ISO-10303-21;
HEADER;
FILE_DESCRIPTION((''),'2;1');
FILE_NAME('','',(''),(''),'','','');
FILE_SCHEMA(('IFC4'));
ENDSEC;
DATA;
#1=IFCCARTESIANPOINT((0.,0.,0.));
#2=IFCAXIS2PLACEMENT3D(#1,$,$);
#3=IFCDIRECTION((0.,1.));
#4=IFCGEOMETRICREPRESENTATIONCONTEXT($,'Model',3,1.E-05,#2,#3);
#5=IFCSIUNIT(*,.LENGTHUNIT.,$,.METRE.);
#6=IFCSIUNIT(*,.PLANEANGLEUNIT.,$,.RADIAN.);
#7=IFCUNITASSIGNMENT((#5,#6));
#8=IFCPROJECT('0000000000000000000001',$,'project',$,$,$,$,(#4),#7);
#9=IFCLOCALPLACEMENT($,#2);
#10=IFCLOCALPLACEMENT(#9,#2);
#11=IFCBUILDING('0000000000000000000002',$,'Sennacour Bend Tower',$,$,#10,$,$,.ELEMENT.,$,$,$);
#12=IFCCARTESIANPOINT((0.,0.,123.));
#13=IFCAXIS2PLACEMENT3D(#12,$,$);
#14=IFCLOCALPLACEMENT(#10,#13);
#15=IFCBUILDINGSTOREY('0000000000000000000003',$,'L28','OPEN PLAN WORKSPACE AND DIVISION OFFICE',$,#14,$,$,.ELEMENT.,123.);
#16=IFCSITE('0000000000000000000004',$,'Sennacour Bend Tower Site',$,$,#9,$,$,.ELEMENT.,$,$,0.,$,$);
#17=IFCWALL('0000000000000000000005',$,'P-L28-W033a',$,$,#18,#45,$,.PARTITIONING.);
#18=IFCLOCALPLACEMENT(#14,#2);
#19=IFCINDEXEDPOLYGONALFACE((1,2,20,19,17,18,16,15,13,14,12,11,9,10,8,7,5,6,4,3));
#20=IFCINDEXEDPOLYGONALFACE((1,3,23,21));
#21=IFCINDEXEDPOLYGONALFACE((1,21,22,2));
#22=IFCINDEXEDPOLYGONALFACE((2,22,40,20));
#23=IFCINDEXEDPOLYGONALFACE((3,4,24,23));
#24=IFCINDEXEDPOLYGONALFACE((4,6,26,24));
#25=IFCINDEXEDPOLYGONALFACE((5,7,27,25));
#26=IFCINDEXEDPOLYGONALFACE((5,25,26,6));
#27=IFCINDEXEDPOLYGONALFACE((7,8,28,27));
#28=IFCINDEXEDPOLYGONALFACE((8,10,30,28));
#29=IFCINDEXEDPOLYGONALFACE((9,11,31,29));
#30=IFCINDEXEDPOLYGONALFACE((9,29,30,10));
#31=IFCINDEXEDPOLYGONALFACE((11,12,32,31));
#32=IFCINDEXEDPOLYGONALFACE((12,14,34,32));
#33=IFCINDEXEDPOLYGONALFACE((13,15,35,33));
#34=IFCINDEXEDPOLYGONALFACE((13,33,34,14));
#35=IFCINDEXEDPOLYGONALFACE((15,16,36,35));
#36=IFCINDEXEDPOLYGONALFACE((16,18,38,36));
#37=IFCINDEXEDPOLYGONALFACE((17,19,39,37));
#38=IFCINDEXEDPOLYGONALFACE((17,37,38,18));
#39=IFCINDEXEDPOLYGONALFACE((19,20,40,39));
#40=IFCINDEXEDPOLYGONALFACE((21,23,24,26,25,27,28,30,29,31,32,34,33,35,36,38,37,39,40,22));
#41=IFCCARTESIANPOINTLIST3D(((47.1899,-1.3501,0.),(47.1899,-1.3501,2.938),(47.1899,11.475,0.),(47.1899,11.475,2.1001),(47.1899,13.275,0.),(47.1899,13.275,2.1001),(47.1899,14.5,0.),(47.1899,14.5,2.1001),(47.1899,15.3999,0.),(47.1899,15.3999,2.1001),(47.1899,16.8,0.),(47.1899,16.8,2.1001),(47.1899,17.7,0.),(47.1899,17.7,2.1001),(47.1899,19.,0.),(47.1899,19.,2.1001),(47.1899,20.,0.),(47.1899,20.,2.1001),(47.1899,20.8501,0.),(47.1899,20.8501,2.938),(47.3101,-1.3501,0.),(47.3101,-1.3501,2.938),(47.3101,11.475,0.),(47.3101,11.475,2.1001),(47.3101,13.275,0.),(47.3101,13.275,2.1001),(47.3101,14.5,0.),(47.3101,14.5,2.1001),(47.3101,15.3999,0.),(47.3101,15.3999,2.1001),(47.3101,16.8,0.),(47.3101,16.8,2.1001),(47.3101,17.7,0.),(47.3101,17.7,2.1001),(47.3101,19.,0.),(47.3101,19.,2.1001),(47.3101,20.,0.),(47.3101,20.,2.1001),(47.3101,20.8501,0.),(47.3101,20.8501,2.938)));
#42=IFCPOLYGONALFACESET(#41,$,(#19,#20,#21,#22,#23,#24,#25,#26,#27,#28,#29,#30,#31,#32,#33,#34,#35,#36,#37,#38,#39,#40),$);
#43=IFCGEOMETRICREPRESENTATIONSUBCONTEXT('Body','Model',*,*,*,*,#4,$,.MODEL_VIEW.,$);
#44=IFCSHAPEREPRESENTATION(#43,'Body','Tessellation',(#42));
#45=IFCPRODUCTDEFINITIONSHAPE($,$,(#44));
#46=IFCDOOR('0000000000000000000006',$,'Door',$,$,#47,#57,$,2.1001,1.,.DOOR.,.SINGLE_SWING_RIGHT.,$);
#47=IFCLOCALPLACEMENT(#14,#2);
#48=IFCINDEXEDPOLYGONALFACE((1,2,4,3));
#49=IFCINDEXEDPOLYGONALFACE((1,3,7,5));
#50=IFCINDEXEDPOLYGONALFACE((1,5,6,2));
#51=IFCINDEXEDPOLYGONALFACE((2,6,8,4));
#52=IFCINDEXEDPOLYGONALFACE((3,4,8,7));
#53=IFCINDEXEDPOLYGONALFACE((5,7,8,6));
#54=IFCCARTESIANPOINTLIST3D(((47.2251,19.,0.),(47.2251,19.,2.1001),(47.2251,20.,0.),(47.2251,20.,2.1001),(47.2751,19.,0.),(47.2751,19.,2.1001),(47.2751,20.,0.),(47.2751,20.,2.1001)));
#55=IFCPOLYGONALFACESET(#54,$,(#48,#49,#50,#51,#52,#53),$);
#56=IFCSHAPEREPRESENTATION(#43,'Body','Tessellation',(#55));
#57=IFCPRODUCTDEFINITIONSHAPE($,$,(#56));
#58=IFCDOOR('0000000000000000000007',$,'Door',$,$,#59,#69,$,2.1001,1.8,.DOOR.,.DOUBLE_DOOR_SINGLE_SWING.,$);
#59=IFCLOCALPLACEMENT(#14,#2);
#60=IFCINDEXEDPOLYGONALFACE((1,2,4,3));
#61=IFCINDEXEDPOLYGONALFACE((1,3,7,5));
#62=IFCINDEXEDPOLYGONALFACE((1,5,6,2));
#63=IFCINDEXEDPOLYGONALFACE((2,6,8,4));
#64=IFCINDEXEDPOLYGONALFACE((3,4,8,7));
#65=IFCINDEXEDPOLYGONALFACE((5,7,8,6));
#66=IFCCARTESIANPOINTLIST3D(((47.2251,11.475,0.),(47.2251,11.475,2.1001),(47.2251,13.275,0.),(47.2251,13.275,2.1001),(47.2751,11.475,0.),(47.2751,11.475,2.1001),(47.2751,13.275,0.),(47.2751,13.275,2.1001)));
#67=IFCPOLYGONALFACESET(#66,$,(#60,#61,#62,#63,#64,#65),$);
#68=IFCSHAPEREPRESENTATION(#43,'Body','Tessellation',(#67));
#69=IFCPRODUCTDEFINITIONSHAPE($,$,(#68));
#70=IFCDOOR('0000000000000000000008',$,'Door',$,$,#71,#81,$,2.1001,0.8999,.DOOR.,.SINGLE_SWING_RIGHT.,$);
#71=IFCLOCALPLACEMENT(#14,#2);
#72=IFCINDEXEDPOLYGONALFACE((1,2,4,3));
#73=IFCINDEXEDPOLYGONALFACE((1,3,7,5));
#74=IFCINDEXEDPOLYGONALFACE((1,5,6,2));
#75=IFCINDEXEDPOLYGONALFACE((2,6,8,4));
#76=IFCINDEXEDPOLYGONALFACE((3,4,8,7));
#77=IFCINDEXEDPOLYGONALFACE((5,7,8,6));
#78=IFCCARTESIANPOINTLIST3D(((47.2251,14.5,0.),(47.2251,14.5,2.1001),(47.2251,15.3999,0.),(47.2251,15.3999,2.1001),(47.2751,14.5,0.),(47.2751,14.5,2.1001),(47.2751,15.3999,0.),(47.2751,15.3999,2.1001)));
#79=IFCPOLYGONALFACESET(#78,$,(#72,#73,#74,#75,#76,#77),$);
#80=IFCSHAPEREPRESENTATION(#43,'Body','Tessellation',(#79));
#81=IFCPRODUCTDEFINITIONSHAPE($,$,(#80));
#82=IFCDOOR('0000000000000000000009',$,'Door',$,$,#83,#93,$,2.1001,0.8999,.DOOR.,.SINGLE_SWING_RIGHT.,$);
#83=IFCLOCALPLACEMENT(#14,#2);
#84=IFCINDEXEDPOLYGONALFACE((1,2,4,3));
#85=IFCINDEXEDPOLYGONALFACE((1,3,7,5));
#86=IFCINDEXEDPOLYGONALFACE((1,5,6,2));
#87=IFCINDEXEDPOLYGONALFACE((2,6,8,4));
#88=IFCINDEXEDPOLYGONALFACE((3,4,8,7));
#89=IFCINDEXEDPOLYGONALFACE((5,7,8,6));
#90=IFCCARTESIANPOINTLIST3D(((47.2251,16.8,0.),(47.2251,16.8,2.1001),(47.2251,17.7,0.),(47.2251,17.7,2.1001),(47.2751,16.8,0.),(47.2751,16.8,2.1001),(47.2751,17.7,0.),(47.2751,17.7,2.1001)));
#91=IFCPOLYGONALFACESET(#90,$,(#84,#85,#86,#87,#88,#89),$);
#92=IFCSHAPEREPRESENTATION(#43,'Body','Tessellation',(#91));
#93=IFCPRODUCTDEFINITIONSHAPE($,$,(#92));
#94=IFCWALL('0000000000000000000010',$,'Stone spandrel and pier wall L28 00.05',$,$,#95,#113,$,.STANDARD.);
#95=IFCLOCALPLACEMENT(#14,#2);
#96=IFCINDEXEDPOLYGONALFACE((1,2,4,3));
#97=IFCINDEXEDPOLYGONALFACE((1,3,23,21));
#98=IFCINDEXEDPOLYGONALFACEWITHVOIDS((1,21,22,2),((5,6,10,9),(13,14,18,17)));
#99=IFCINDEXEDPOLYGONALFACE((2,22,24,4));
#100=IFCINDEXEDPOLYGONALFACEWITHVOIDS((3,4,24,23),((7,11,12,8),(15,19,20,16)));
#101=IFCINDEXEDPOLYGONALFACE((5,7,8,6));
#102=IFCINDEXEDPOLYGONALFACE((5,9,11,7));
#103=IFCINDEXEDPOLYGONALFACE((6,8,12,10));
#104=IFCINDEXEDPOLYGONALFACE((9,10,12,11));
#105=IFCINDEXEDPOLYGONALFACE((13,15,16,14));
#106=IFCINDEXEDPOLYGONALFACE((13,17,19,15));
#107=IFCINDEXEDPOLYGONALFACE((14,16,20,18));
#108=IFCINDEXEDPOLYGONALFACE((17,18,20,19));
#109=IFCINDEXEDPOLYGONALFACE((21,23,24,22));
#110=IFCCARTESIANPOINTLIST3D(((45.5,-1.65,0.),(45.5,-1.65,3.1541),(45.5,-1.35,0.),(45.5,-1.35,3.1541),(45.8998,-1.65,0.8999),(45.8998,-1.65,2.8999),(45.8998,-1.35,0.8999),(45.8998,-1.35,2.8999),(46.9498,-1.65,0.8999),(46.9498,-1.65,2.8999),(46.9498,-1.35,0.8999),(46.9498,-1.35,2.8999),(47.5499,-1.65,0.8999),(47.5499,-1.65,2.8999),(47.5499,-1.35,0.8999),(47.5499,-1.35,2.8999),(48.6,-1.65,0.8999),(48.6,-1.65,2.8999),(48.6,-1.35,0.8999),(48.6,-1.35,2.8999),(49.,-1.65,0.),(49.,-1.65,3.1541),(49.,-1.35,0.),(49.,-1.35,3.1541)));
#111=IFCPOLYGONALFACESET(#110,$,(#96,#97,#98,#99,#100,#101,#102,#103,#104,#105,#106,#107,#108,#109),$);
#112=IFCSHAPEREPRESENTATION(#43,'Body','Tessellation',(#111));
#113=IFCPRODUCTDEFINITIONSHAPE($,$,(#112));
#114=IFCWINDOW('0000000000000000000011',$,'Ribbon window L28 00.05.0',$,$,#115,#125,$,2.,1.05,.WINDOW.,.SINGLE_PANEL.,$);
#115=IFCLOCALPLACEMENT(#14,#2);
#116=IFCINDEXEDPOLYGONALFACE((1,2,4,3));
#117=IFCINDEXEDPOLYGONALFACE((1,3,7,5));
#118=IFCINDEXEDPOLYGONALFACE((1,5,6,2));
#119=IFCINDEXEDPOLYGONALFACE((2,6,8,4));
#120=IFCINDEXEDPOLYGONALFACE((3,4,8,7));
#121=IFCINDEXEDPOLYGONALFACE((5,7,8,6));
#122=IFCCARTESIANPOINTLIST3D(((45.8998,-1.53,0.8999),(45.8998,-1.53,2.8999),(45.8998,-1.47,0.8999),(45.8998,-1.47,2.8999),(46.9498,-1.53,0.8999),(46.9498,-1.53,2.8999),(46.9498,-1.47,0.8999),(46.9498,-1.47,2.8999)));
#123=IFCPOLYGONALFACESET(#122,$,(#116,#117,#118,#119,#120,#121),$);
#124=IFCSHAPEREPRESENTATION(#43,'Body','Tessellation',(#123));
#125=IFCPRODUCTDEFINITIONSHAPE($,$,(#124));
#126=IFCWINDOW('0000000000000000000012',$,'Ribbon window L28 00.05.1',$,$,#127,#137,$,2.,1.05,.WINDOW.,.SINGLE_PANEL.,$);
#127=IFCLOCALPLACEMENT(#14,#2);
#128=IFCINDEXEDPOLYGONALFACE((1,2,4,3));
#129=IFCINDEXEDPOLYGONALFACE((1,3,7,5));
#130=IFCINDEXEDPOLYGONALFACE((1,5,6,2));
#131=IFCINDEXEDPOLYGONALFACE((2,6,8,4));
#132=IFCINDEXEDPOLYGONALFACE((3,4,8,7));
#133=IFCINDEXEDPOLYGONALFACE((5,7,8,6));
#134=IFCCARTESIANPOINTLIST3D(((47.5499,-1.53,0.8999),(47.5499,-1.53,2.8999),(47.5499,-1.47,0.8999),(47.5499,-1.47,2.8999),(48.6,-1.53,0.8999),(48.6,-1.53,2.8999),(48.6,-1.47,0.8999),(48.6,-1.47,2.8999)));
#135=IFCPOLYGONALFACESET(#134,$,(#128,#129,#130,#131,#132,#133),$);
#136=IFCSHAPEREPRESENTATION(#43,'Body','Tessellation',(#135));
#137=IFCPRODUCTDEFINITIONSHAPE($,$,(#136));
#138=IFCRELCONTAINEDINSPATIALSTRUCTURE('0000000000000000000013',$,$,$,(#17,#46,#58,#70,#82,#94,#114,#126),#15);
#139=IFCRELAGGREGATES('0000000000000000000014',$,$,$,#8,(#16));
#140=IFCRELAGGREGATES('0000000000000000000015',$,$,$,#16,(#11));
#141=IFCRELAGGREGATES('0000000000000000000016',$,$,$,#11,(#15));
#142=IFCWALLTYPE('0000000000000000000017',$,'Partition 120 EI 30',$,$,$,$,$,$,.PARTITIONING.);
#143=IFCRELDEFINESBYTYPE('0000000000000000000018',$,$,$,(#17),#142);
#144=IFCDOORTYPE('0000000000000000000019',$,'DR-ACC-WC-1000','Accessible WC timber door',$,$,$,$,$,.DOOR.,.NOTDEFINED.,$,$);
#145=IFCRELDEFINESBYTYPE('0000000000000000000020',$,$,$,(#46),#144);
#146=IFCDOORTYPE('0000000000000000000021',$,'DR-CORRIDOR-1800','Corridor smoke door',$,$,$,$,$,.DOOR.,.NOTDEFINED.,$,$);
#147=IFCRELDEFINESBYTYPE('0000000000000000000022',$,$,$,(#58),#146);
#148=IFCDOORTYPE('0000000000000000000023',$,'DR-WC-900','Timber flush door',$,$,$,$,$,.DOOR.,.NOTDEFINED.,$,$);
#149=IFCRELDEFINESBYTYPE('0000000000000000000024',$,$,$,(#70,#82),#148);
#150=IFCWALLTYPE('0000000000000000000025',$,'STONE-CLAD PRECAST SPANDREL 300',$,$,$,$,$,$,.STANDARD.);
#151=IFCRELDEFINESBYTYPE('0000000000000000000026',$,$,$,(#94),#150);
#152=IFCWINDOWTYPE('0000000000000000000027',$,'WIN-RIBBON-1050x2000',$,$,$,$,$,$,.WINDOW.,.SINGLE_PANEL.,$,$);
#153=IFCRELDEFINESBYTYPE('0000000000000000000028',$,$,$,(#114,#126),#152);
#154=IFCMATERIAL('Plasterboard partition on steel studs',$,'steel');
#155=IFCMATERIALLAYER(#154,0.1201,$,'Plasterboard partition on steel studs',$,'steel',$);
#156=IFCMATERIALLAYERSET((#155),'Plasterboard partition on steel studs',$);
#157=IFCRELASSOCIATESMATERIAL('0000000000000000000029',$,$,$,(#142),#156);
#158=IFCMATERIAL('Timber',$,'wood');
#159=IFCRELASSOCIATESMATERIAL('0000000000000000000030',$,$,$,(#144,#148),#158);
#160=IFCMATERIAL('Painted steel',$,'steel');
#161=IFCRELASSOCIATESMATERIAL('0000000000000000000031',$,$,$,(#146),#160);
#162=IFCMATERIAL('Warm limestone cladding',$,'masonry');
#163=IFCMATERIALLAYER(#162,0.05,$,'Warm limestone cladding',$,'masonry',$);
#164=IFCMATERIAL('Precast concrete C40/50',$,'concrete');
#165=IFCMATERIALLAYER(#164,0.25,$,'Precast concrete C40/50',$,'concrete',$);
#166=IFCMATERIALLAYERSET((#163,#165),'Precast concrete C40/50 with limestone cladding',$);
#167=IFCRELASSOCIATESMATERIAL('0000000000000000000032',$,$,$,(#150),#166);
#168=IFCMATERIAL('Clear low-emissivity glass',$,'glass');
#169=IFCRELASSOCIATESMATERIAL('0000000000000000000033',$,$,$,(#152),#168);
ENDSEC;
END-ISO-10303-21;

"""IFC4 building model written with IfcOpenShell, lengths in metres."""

from ifc_helpers import new_model, si_unit, direction, frame, frame_2d, origin, place, context, subcontext, project, spatial, rectangle, extrude, material, layer, layer_set, type_object, element, fill, save


model = new_model("IFC4")

# Units and contexts
model_context = context("Model", 3, precision=1e-05, world=origin(), true_north=direction((0.0, 1.0)))
body_context = subcontext(model_context, "Body", "Model", "MODEL_VIEW")
ifc_project = project(units=[si_unit("LENGTHUNIT", "METRE"), si_unit("PLANEANGLEUNIT", "RADIAN")], contexts=[model_context])

# Site, building, storey
site_placement = place(None, origin())
site = spatial("IfcSite", under=ifc_project, at=site_placement, Name="Sennacour Bend Tower Site", CompositionType="ELEMENT", RefElevation=0.0)
building_placement = place(site_placement, origin())
building = spatial("IfcBuilding", under=site, at=building_placement, Name="Sennacour Bend Tower", CompositionType="ELEMENT")
storey_placement = place(building_placement, frame((0.0, 0.0, 123.0)))
storey = spatial("IfcBuildingStorey", under=building, at=storey_placement, Name="L28", Description="OPEN PLAN WORKSPACE AND DIVISION OFFICE", CompositionType="ELEMENT", Elevation=123.0)

# Wall, openings, doors
ifc_material_1 = material(Name="Plasterboard partition on steel studs", Category="steel")
ifc_layer_1 = layer(ifc_material_1, 0.1201, Name="Plasterboard partition on steel studs", Category="steel")
ifc_layer_set_1 = layer_set([ifc_layer_1], Name="Plasterboard partition on steel studs")
wall_type_1 = type_object("IfcWallType", Name="Partition 120 EI 30", PredefinedType="PARTITIONING", material=ifc_layer_set_1)
wall_1_placement = place(storey_placement, frame((47.25, -1.3501, 0.0), z_axis=(0.0, 0.0, 1.0), x_axis=(0.0, 1.0, 0.0)))
wall_1 = element("IfcWall", 1, at=wall_1_placement, inside=storey, type_object=wall_type_1, Name="P-L28-W033a", PredefinedType="PARTITIONING", context=body_context, shape_type="SweptSolid", body=[
    extrude(rectangle(XDim=22.2002, YDim=0.1201, at=frame_2d((11.1001, 0.0))), origin(), (0.0, 0.0, 1.0), 2.938),
])
opening_1_placement = place(wall_1_placement, frame((12.8252, 0.0, 0.0)))
opening_1 = element("IfcOpeningElement", 2, at=opening_1_placement, cuts=wall_1, PredefinedType="OPENING", context=body_context, shape_type="SweptSolid", body=[
    extrude(rectangle(XDim=1.8, YDim=2.1001, at=frame_2d((0.8999, 1.05))), frame((0.0, 0.0701, 0.0), z_axis=(0.0, -1.0, 0.0), x_axis=(1.0, 0.0, 0.0)), (0.0, 0.0, 1.0), 0.1401),
])
opening_2_placement = place(wall_1_placement, frame((15.8501, 0.0, 0.0)))
opening_2 = element("IfcOpeningElement", 3, at=opening_2_placement, cuts=wall_1, PredefinedType="OPENING", context=body_context, shape_type="SweptSolid", body=[
    extrude(rectangle(XDim=0.8999, YDim=2.1001, at=frame_2d((0.45, 1.05))), frame((0.0, 0.0701, 0.0), z_axis=(0.0, -1.0, 0.0), x_axis=(1.0, 0.0, 0.0)), (0.0, 0.0, 1.0), 0.1401),
])
opening_3_placement = place(wall_1_placement, frame((18.1501, 0.0, 0.0)))
opening_3 = element("IfcOpeningElement", 4, at=opening_3_placement, cuts=wall_1, PredefinedType="OPENING", context=body_context, shape_type="SweptSolid", body=[
    extrude(rectangle(XDim=0.8999, YDim=2.1001, at=frame_2d((0.45, 1.05))), frame((0.0, 0.0701, 0.0), z_axis=(0.0, -1.0, 0.0), x_axis=(1.0, 0.0, 0.0)), (0.0, 0.0, 1.0), 0.1401),
])
opening_4_placement = place(wall_1_placement, frame((20.3501, 0.0, 0.0)))
opening_4 = element("IfcOpeningElement", 5, at=opening_4_placement, cuts=wall_1, PredefinedType="OPENING", context=body_context, shape_type="SweptSolid", body=[
    extrude(rectangle(XDim=1.0, YDim=2.1001, at=frame_2d((0.5, 1.05))), frame((0.0, 0.0701, 0.0), z_axis=(0.0, -1.0, 0.0), x_axis=(1.0, 0.0, 0.0)), (0.0, 0.0, 1.0), 0.1401),
])
ifc_material_2 = material(Name="Timber", Category="wood")
door_type_1 = type_object("IfcDoorType", Name="DR-ACC-WC-1000", Description="Accessible WC timber door", OperationType="NOTDEFINED", PredefinedType="DOOR", material=ifc_material_2)
door_1_placement = place(opening_4_placement, origin())
door_1 = element("IfcDoor", 6, at=door_1_placement, inside=storey, type_object=door_type_1, Name="Door", OperationType="SINGLE_SWING_RIGHT", OverallHeight=2.1001, OverallWidth=1.0, PredefinedType="DOOR", context=body_context, shape_type="SweptSolid", body=[
    extrude(rectangle(XDim=1.0, YDim=2.1001, at=frame_2d((0.5, 1.05))), frame((0.0, 0.0249, 0.0), z_axis=(0.0, -1.0, 0.0), x_axis=(1.0, 0.0, 0.0)), (0.0, 0.0, 1.0), 0.05),
])
fill(opening_4, door_1)
ifc_material_3 = material(Name="Painted steel", Category="steel")
door_type_2 = type_object("IfcDoorType", Name="DR-CORRIDOR-1800", Description="Corridor smoke door", OperationType="NOTDEFINED", PredefinedType="DOOR", material=ifc_material_3)
door_2_placement = place(opening_1_placement, origin())
door_2 = element("IfcDoor", 7, at=door_2_placement, inside=storey, type_object=door_type_2, Name="Door", OperationType="DOUBLE_DOOR_SINGLE_SWING", OverallHeight=2.1001, OverallWidth=1.8, PredefinedType="DOOR", context=body_context, shape_type="SweptSolid", body=[
    extrude(rectangle(XDim=1.8, YDim=2.1001, at=frame_2d((0.8999, 1.05))), frame((0.0, 0.0249, 0.0), z_axis=(0.0, -1.0, 0.0), x_axis=(1.0, 0.0, 0.0)), (0.0, 0.0, 1.0), 0.05),
])
fill(opening_1, door_2)
door_type_3 = type_object("IfcDoorType", Name="DR-WC-900", Description="Timber flush door", OperationType="NOTDEFINED", PredefinedType="DOOR", material=ifc_material_2)
door_3_placement = place(opening_2_placement, origin())
door_3 = element("IfcDoor", 8, at=door_3_placement, inside=storey, type_object=door_type_3, Name="Door", OperationType="SINGLE_SWING_RIGHT", OverallHeight=2.1001, OverallWidth=0.8999, PredefinedType="DOOR", context=body_context, shape_type="SweptSolid", body=[
    extrude(rectangle(XDim=0.8999, YDim=2.1001, at=frame_2d((0.45, 1.05))), frame((0.0, 0.0249, 0.0), z_axis=(0.0, -1.0, 0.0), x_axis=(1.0, 0.0, 0.0)), (0.0, 0.0, 1.0), 0.05),
])
fill(opening_2, door_3)
door_4_placement = place(opening_3_placement, origin())
door_4 = element("IfcDoor", 9, at=door_4_placement, inside=storey, type_object=door_type_3, Name="Door", OperationType="SINGLE_SWING_RIGHT", OverallHeight=2.1001, OverallWidth=0.8999, PredefinedType="DOOR", context=body_context, shape_type="SweptSolid", body=[
    extrude(rectangle(XDim=0.8999, YDim=2.1001, at=frame_2d((0.45, 1.05))), frame((0.0, 0.0249, 0.0), z_axis=(0.0, -1.0, 0.0), x_axis=(1.0, 0.0, 0.0)), (0.0, 0.0, 1.0), 0.05),
])
fill(opening_3, door_4)

# Wall, openings, windows
ifc_material_4 = material(Name="Warm limestone cladding", Category="masonry")
ifc_layer_2 = layer(ifc_material_4, 0.05, Name="Warm limestone cladding", Category="masonry")
ifc_material_5 = material(Name="Precast concrete C40/50", Category="concrete")
ifc_layer_3 = layer(ifc_material_5, 0.25, Name="Precast concrete C40/50", Category="concrete")
ifc_layer_set_2 = layer_set([ifc_layer_2, ifc_layer_3], Name="Precast concrete C40/50 with limestone cladding")
wall_type_2 = type_object("IfcWallType", Name="STONE-CLAD PRECAST SPANDREL 300", PredefinedType="STANDARD", material=ifc_layer_set_2)
wall_2_placement = place(storey_placement, frame((45.5, -1.5, 0.0), z_axis=(0.0, 0.0, 1.0), x_axis=(1.0, 0.0, 0.0)))
wall_2 = element("IfcWall", 10, at=wall_2_placement, inside=storey, type_object=wall_type_2, Name="Stone spandrel and pier wall L28 00.05", PredefinedType="STANDARD", context=body_context, shape_type="SweptSolid", body=[
    extrude(rectangle(XDim=3.5, YDim=0.3, at=frame_2d((1.75, 0.0))), origin(), (0.0, 0.0, 1.0), 3.1541),
])
opening_5_placement = place(wall_2_placement, frame((0.3999, 0.0, 0.8999)))
opening_5 = element("IfcOpeningElement", 11, at=opening_5_placement, cuts=wall_2, PredefinedType="OPENING", context=body_context, shape_type="SweptSolid", body=[
    extrude(rectangle(XDim=1.05, YDim=2.0, at=frame_2d((0.5249, 1.0))), frame((0.0, 0.1602, 0.0), z_axis=(0.0, -1.0, 0.0), x_axis=(1.0, 0.0, 0.0)), (0.0, 0.0, 1.0), 0.3201),
])
opening_6_placement = place(wall_2_placement, frame((2.05, 0.0, 0.8999)))
opening_6 = element("IfcOpeningElement", 12, at=opening_6_placement, cuts=wall_2, PredefinedType="OPENING", context=body_context, shape_type="SweptSolid", body=[
    extrude(rectangle(XDim=1.05, YDim=2.0, at=frame_2d((0.5249, 1.0))), frame((0.0, 0.1602, 0.0), z_axis=(0.0, -1.0, 0.0), x_axis=(1.0, 0.0, 0.0)), (0.0, 0.0, 1.0), 0.3201),
])
ifc_material_6 = material(Name="Clear low-emissivity glass", Category="glass")
window_type = type_object("IfcWindowType", Name="WIN-RIBBON-1050x2000", PartitioningType="SINGLE_PANEL", PredefinedType="WINDOW", material=ifc_material_6)
window_1_placement = place(opening_5_placement, origin())
window_1 = element("IfcWindow", 13, at=window_1_placement, inside=storey, type_object=window_type, Name="Ribbon window L28 00.05.0", OverallHeight=2.0, OverallWidth=1.05, PartitioningType="SINGLE_PANEL", PredefinedType="WINDOW", context=body_context, shape_type="SweptSolid", body=[
    extrude(rectangle(XDim=1.05, YDim=2.0, at=frame_2d((0.5249, 1.0))), frame((0.0, 0.03, 0.0), z_axis=(0.0, -1.0, 0.0), x_axis=(1.0, 0.0, 0.0)), (0.0, 0.0, 1.0), 0.0601),
])
fill(opening_5, window_1)
window_2_placement = place(opening_6_placement, origin())
window_2 = element("IfcWindow", 14, at=window_2_placement, inside=storey, type_object=window_type, Name="Ribbon window L28 00.05.1", OverallHeight=2.0, OverallWidth=1.05, PartitioningType="SINGLE_PANEL", PredefinedType="WINDOW", context=body_context, shape_type="SweptSolid", body=[
    extrude(rectangle(XDim=1.05, YDim=2.0, at=frame_2d((0.5249, 1.0))), frame((0.0, 0.03, 0.0), z_axis=(0.0, -1.0, 0.0), x_axis=(1.0, 0.0, 0.0)), (0.0, 0.0, 1.0), 0.0601),
])
fill(opening_6, window_2)

save(model, "model.ifc")
